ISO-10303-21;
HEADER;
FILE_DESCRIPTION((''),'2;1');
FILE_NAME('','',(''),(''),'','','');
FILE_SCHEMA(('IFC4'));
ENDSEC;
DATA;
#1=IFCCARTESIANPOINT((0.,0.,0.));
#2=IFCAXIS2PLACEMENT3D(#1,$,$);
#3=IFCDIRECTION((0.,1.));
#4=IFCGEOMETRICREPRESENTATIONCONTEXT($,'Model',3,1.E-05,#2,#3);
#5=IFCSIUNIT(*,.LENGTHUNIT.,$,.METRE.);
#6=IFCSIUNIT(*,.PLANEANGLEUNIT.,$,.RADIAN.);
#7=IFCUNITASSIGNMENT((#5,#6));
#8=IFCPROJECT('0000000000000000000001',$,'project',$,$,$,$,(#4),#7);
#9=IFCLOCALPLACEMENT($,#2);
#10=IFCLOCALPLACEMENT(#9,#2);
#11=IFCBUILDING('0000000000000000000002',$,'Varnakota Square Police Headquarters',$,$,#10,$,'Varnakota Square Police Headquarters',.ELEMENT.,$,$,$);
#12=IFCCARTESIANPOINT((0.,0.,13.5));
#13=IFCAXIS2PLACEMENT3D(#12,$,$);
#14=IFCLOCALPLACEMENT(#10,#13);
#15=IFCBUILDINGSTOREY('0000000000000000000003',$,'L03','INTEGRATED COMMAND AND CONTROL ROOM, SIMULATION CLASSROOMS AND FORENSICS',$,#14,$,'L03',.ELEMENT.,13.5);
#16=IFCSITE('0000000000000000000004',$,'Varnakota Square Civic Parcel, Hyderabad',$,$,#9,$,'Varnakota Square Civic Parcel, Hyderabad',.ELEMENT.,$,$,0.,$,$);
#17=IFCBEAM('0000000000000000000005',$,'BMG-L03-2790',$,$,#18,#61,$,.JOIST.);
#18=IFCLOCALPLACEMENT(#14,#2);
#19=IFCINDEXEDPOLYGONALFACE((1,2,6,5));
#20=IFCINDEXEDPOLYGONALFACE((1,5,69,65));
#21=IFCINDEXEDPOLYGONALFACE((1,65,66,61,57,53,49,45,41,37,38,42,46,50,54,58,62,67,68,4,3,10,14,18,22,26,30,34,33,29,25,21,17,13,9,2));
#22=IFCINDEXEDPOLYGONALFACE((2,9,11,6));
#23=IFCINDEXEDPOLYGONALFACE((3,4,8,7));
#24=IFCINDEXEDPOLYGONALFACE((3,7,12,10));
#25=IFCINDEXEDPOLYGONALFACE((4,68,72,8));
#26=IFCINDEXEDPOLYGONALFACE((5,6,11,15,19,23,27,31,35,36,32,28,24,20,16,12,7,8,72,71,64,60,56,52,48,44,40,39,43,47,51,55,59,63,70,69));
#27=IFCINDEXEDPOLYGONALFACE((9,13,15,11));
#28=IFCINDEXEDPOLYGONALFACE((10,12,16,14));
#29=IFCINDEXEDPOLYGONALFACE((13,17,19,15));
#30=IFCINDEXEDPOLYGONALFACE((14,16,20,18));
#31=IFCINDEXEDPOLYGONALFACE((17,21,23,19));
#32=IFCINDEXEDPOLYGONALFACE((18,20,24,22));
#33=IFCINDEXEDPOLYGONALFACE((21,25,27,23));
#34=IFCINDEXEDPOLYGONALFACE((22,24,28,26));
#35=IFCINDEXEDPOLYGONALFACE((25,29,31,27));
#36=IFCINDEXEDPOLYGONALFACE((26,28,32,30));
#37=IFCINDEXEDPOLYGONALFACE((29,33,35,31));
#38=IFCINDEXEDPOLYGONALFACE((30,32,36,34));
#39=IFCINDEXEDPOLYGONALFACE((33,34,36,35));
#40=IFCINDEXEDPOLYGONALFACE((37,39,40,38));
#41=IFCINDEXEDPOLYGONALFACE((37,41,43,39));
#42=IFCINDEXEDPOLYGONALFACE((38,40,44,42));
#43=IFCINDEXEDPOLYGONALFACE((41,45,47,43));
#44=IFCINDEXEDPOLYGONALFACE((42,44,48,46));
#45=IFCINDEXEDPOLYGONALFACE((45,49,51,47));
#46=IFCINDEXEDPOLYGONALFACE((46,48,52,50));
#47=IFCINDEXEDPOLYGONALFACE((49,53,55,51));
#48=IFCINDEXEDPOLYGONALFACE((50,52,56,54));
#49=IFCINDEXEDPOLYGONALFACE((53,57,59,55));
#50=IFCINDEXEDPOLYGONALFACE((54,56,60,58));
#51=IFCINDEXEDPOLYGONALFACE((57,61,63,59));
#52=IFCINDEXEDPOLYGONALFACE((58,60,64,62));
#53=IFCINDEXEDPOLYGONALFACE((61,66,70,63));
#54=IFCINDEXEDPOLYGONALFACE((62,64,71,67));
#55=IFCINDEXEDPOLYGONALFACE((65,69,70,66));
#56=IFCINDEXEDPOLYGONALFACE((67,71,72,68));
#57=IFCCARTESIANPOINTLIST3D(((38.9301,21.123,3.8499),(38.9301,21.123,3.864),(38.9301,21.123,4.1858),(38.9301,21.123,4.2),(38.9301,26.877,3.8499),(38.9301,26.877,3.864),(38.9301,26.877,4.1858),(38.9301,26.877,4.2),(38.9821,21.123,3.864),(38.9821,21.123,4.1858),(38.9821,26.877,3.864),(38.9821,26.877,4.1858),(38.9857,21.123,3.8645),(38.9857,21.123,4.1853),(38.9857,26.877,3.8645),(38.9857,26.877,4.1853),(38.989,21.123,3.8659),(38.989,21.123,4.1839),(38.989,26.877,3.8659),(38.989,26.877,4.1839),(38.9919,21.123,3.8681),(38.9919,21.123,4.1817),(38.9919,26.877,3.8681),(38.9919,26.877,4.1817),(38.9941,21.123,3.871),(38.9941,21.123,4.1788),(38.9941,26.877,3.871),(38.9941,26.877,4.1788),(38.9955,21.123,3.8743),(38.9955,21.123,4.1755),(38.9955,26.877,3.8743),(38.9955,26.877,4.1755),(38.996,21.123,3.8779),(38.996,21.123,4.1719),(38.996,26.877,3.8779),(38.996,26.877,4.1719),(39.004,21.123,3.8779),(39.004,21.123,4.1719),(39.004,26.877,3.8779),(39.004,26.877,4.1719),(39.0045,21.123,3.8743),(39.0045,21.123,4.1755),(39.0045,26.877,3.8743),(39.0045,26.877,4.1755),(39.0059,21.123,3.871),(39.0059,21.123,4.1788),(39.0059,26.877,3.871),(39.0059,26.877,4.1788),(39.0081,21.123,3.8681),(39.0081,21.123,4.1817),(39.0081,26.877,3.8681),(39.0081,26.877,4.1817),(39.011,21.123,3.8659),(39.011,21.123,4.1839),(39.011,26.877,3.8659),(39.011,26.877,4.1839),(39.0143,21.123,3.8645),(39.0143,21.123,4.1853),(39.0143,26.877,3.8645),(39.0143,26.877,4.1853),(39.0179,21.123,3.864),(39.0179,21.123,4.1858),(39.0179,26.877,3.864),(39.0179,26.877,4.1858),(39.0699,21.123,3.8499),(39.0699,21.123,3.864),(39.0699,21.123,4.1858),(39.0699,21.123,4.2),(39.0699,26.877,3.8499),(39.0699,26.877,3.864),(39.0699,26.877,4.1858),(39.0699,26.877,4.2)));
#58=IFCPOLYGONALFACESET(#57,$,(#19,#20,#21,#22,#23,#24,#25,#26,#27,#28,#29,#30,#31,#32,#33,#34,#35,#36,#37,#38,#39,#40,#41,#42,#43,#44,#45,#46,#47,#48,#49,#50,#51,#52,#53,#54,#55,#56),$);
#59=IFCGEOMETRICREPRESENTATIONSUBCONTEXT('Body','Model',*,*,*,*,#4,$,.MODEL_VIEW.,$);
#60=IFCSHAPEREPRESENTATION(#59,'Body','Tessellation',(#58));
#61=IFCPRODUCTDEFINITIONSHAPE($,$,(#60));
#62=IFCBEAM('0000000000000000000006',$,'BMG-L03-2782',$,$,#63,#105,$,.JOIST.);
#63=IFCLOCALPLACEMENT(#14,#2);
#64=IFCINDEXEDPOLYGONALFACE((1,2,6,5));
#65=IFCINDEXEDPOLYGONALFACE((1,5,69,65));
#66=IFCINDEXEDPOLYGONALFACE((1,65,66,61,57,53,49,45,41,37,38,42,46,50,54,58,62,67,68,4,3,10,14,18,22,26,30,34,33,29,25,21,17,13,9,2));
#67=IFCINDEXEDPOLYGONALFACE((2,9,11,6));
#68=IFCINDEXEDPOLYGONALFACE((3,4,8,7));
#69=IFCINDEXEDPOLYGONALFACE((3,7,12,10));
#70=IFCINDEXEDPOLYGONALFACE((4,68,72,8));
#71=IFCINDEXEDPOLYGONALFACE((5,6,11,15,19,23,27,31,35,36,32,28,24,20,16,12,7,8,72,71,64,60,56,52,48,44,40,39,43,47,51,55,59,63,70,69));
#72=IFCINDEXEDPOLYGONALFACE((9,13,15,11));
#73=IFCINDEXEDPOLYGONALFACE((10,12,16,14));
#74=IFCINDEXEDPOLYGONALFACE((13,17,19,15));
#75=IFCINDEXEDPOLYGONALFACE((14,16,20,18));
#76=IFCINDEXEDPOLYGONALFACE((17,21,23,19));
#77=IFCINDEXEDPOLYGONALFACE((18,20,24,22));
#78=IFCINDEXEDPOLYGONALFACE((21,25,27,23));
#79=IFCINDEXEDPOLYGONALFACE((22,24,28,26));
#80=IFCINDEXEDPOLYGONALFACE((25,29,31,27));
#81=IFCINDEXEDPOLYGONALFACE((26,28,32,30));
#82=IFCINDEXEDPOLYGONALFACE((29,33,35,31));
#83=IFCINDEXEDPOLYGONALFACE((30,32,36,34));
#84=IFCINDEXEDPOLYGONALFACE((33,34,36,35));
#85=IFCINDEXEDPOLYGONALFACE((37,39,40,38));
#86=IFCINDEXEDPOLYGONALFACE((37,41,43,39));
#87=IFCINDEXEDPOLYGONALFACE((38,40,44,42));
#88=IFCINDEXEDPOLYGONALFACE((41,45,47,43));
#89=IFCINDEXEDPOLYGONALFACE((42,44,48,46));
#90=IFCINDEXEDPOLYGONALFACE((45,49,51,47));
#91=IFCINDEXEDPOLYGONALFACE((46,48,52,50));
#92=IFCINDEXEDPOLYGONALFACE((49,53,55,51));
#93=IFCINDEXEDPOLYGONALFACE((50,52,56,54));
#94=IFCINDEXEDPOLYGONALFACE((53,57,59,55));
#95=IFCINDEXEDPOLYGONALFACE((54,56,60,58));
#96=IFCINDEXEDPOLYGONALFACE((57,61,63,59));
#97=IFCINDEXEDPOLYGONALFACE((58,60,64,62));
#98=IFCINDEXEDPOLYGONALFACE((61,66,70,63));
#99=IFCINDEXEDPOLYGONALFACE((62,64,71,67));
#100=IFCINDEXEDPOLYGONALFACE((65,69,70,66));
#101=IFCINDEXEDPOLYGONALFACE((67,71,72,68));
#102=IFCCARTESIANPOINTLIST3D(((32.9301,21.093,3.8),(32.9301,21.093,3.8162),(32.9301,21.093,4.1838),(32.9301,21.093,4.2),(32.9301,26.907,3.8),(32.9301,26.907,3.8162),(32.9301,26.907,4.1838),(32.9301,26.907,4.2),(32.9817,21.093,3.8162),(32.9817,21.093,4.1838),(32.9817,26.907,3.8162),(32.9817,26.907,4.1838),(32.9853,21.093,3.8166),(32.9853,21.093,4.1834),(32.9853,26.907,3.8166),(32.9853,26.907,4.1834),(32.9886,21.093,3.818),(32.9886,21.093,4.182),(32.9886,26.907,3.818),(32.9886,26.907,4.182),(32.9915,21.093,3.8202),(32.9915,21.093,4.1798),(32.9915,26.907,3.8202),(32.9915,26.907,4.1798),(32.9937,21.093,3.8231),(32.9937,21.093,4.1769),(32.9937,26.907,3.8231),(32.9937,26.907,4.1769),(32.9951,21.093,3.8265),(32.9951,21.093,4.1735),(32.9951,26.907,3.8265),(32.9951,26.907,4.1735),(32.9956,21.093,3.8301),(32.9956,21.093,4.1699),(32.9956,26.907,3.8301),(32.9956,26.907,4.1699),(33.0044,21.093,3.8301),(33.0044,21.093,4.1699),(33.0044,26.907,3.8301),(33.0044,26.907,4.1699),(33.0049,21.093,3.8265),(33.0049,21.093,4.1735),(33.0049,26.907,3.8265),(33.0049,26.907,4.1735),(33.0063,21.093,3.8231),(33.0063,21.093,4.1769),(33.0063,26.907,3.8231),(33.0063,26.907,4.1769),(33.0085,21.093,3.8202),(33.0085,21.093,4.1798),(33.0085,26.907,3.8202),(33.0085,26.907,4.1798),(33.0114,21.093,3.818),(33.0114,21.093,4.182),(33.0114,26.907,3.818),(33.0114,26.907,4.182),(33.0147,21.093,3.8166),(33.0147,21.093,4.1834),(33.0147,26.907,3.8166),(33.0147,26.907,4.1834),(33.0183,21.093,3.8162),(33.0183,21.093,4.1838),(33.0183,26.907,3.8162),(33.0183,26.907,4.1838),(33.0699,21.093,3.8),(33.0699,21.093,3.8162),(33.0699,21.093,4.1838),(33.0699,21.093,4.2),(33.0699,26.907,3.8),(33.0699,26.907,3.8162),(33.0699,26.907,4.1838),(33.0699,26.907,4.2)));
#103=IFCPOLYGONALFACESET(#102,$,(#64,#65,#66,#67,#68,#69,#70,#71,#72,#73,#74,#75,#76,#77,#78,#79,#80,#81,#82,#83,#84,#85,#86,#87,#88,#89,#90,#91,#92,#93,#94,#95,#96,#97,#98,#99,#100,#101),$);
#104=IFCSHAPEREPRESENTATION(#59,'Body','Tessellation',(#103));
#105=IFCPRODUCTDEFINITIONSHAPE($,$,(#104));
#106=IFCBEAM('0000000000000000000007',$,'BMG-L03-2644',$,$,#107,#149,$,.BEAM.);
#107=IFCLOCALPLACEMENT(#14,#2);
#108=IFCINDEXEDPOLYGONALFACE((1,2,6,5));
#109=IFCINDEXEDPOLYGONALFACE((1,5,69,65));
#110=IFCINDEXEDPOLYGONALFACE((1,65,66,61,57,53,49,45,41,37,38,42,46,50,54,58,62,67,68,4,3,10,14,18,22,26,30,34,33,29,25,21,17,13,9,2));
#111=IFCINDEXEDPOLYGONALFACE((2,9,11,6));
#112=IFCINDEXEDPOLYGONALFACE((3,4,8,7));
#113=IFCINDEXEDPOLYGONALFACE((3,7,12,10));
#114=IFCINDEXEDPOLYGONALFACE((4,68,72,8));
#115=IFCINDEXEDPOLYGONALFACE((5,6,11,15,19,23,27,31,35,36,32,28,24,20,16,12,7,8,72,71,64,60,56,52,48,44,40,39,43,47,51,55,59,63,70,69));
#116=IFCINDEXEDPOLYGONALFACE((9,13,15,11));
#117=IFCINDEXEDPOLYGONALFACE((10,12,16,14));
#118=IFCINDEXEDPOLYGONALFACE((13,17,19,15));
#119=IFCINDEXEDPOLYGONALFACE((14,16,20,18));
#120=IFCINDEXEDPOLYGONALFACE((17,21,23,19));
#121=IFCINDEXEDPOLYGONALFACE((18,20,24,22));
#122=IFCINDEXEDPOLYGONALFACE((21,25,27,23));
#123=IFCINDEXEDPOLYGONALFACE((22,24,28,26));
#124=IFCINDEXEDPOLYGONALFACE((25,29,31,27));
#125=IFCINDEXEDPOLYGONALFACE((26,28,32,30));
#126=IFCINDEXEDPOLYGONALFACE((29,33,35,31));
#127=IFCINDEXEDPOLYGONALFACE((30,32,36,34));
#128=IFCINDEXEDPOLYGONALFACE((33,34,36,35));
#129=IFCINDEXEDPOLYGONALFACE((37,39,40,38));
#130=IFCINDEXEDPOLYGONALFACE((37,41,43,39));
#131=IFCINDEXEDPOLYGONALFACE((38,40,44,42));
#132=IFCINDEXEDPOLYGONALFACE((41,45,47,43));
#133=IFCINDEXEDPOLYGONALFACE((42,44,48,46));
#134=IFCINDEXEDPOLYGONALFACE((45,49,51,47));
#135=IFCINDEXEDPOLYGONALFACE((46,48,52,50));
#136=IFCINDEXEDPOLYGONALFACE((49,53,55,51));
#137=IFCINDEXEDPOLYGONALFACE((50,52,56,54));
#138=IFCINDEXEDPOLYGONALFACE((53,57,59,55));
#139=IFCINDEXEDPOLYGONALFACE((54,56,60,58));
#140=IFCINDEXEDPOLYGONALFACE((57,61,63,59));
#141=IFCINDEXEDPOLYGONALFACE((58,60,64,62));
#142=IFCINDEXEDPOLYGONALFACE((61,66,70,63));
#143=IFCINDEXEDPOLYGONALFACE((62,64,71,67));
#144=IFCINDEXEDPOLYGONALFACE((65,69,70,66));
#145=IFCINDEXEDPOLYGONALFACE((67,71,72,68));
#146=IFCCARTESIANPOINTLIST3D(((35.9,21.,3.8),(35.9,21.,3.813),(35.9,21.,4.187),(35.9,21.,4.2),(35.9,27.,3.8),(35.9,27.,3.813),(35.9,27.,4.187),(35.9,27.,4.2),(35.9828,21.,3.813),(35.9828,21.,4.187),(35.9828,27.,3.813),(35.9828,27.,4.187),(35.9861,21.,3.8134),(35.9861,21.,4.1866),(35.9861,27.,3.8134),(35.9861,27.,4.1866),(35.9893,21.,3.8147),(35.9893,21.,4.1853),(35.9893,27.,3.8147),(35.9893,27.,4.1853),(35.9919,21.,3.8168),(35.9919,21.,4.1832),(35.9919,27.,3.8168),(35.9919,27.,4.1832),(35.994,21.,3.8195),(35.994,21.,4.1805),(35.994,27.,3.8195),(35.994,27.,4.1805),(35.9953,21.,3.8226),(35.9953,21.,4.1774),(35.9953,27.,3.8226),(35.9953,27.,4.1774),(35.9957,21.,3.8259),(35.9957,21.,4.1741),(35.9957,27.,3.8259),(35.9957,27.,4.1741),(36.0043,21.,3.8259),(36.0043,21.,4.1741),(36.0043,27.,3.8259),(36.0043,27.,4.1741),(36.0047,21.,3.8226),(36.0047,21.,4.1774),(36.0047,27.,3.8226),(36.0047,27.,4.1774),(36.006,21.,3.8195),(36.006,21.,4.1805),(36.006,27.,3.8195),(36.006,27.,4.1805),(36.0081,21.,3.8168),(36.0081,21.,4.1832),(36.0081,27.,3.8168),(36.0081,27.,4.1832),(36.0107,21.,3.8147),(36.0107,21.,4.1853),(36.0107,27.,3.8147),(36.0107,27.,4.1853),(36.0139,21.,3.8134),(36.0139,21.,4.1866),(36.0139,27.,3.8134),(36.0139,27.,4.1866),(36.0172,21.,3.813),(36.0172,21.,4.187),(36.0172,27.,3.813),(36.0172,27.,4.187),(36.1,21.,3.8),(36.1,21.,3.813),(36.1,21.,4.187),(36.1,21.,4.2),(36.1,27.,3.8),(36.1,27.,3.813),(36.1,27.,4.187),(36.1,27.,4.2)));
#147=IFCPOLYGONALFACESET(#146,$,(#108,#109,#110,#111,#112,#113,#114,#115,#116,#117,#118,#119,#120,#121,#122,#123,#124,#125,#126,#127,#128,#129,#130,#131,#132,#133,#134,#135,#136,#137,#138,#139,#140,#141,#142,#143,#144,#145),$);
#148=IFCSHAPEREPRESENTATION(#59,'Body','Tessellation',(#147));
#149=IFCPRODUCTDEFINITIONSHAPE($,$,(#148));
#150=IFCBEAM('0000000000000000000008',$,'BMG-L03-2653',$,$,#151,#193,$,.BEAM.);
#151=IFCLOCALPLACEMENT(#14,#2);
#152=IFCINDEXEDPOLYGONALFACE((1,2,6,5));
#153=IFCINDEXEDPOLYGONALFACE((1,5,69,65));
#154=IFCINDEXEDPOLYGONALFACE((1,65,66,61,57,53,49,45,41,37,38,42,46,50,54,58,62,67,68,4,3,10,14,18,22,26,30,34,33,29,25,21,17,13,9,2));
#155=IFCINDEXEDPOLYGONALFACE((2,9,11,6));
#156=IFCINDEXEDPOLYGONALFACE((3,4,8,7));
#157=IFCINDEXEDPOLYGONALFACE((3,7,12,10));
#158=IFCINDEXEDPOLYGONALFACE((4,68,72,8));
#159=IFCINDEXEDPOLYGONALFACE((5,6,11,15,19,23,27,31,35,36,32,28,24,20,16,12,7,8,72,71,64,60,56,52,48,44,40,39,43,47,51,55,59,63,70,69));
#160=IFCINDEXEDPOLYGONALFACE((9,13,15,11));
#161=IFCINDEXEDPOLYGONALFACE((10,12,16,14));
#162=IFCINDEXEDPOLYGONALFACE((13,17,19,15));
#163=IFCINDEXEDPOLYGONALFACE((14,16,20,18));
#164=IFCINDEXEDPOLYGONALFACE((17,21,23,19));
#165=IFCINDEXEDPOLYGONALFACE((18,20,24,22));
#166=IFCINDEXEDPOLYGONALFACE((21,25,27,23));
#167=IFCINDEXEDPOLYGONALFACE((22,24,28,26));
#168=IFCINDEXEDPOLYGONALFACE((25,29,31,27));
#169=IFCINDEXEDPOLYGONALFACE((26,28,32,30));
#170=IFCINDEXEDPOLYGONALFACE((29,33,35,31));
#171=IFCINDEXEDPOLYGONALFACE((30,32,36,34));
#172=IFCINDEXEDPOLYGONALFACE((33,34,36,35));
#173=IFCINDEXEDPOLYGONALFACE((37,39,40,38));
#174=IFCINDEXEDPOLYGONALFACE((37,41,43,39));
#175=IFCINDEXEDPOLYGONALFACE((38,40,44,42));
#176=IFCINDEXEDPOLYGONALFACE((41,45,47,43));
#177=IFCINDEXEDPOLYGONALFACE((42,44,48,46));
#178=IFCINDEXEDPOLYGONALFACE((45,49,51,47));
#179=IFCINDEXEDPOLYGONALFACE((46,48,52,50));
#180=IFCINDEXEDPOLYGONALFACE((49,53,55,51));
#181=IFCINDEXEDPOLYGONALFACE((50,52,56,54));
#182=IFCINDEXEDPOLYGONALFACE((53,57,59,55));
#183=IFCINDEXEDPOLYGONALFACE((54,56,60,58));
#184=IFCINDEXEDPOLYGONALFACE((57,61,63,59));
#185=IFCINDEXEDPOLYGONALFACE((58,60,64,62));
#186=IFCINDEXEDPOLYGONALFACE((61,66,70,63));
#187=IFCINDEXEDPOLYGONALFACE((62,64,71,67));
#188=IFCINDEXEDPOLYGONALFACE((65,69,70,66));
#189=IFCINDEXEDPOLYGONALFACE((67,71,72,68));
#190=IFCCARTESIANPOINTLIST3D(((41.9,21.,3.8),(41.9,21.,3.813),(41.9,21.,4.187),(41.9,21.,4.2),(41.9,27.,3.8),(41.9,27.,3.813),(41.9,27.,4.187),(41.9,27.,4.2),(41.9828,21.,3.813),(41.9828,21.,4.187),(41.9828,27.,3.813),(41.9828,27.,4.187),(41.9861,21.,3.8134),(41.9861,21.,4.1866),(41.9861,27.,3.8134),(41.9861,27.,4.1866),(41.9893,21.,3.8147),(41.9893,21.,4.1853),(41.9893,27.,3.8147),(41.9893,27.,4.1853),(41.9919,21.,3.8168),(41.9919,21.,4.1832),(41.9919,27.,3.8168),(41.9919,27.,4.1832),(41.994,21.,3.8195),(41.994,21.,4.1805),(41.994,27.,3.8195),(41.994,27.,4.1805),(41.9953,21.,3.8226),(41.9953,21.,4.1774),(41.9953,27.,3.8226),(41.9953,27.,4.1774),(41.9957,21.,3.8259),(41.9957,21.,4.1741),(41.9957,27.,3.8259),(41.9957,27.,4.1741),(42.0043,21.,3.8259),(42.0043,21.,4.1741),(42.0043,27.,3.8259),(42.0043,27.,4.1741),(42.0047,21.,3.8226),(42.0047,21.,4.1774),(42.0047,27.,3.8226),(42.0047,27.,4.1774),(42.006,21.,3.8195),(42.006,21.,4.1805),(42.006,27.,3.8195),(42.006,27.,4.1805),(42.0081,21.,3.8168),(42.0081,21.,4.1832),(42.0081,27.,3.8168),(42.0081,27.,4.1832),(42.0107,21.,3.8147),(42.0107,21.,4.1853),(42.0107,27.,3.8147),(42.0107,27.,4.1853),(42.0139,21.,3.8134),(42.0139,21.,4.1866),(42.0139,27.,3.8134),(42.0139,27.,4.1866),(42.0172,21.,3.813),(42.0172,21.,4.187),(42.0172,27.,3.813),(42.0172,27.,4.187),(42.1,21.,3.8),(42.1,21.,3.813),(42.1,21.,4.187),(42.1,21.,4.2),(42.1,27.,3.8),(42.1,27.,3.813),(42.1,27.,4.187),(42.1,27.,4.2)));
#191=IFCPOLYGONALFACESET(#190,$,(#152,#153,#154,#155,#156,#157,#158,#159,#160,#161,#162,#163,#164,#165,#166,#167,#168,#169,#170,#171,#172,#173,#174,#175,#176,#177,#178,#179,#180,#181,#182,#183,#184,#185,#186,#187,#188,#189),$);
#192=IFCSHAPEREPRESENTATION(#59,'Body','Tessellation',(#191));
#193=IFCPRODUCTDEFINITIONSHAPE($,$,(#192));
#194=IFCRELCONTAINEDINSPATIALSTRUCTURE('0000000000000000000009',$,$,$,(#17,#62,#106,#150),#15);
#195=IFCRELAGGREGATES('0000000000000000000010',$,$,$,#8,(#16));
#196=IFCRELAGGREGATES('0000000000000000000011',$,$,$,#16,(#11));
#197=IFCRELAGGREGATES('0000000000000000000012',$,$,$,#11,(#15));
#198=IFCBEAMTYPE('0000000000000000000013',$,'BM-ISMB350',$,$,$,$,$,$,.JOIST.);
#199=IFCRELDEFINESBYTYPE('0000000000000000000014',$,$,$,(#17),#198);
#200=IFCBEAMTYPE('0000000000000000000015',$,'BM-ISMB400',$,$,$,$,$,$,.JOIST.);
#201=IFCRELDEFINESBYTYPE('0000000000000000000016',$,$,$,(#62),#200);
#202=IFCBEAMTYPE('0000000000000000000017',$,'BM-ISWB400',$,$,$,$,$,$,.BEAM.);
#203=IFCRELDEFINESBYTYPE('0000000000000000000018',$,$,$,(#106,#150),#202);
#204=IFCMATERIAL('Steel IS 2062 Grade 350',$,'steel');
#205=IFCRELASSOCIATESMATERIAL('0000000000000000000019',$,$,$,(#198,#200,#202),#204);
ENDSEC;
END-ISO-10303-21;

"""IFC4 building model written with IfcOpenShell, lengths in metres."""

from ifc_helpers import new_model, si_unit, direction, frame, origin, origin_2d, place, context, subcontext, project, spatial, i_section, extrude, material, material_profile, profile_set, type_object, element, save


model = new_model("IFC4")

# Units and contexts
model_context = context("Model", 3, precision=1e-05, world=origin(), true_north=direction((0.0, 1.0)))
body_context = subcontext(model_context, "Body", "Model", "MODEL_VIEW")
ifc_project = project(units=[si_unit("LENGTHUNIT", "METRE"), si_unit("PLANEANGLEUNIT", "RADIAN")], contexts=[model_context])

# Site, building, storey
site_placement = place(None, origin())
site = spatial("IfcSite", under=ifc_project, at=site_placement, Name="Varnakota Square Civic Parcel, Hyderabad", LongName="Varnakota Square Civic Parcel, Hyderabad", CompositionType="ELEMENT", RefElevation=0.0)
building_placement = place(site_placement, origin())
building = spatial("IfcBuilding", under=site, at=building_placement, Name="Varnakota Square Police Headquarters", LongName="Varnakota Square Police Headquarters", CompositionType="ELEMENT")
storey_placement = place(building_placement, frame((0.0, 0.0, 13.5)))
storey = spatial("IfcBuildingStorey", under=building, at=storey_placement, Name="L03", Description="INTEGRATED COMMAND AND CONTROL ROOM, SIMULATION CLASSROOMS AND FORENSICS", LongName="L03", CompositionType="ELEMENT", Elevation=13.5)

# Shared definitions
ifc_material_1 = material(Name="Steel IS 2062 Grade 350", Category="steel")

# Beams
ifc_material_profile_1 = material_profile(ifc_material_1, i_section(OverallWidth=0.1399, OverallDepth=0.3501, WebThickness=0.0081, FlangeThickness=0.0142, FilletRadius=0.0139, at=origin_2d()), Name="ISMB 350")
ifc_profile_set_1 = profile_set([ifc_material_profile_1], Name="Steel IS 2062 Grade 350")
beam_type_1 = type_object("IfcBeamType", Name="BM-ISMB350", PredefinedType="JOIST", material=ifc_profile_set_1)
beam_1_placement = place(storey_placement, frame((39.0, 21.123, 4.0249), z_axis=(0.0, 1.0, 0.0), x_axis=(-1.0, 0.0, 0.0)))
element("IfcBeam", 1, at=beam_1_placement, inside=storey, type_object=beam_type_1, Name="BMG-L03-2790", PredefinedType="JOIST", context=body_context, shape_type="SweptSolid", body=[
    extrude(i_section(OverallWidth=0.1399, OverallDepth=0.3501, WebThickness=0.0081, FlangeThickness=0.0142, FilletRadius=0.0139, at=origin_2d()), origin(), (0.0, 0.0, 1.0), 5.7539),
])
ifc_material_profile_2 = material_profile(ifc_material_1, i_section(OverallWidth=0.1399, OverallDepth=0.3999, WebThickness=0.0088, FlangeThickness=0.0161, FilletRadius=0.0139, at=origin_2d()), Name="ISMB 400")
ifc_profile_set_2 = profile_set([ifc_material_profile_2], Name="Steel IS 2062 Grade 350")
beam_type_2 = type_object("IfcBeamType", Name="BM-ISMB400", PredefinedType="JOIST", material=ifc_profile_set_2)
beam_2_placement = place(storey_placement, frame((33.0, 21.093, 4.0), z_axis=(0.0, 1.0, 0.0), x_axis=(-1.0, 0.0, 0.0)))
element("IfcBeam", 2, at=beam_2_placement, inside=storey, type_object=beam_type_2, Name="BMG-L03-2782", PredefinedType="JOIST", context=body_context, shape_type="SweptSolid", body=[
    extrude(i_section(OverallWidth=0.1399, OverallDepth=0.3999, WebThickness=0.0088, FlangeThickness=0.0161, FilletRadius=0.0139, at=origin_2d()), origin(), (0.0, 0.0, 1.0), 5.814),
])
ifc_material_profile_3 = material_profile(ifc_material_1, i_section(OverallWidth=0.2, OverallDepth=0.3999, WebThickness=0.0085, FlangeThickness=0.0129, FilletRadius=0.0129, at=origin_2d()), Name="ISWB 400")
ifc_profile_set_3 = profile_set([ifc_material_profile_3], Name="Steel IS 2062 Grade 350")
beam_type_3 = type_object("IfcBeamType", Name="BM-ISWB400", PredefinedType="BEAM", material=ifc_profile_set_3)
for number, where, z_axis, x_axis, name in (
    (3, (36.0, 21.0, 4.0), (0.0, 1.0, 0.0), (-1.0, 0.0, 0.0), "BMG-L03-2644"),
    (4, (42.0, 21.0, 4.0), (0.0, 1.0, 0.0), (-1.0, 0.0, 0.0), "BMG-L03-2653"),
):
    element("IfcBeam", number, at=place(storey_placement, frame(where, z_axis=z_axis, x_axis=x_axis)), inside=storey, type_object=beam_type_3, Name=name, PredefinedType="BEAM", context=body_context, shape_type="SweptSolid", body=[
        extrude(i_section(OverallWidth=0.2, OverallDepth=0.3999, WebThickness=0.0085, FlangeThickness=0.0129, FilletRadius=0.0129, at=origin_2d()), origin(), (0.0, 0.0, 1.0), 6.0),
    ])

save(model, "model.ifc")
